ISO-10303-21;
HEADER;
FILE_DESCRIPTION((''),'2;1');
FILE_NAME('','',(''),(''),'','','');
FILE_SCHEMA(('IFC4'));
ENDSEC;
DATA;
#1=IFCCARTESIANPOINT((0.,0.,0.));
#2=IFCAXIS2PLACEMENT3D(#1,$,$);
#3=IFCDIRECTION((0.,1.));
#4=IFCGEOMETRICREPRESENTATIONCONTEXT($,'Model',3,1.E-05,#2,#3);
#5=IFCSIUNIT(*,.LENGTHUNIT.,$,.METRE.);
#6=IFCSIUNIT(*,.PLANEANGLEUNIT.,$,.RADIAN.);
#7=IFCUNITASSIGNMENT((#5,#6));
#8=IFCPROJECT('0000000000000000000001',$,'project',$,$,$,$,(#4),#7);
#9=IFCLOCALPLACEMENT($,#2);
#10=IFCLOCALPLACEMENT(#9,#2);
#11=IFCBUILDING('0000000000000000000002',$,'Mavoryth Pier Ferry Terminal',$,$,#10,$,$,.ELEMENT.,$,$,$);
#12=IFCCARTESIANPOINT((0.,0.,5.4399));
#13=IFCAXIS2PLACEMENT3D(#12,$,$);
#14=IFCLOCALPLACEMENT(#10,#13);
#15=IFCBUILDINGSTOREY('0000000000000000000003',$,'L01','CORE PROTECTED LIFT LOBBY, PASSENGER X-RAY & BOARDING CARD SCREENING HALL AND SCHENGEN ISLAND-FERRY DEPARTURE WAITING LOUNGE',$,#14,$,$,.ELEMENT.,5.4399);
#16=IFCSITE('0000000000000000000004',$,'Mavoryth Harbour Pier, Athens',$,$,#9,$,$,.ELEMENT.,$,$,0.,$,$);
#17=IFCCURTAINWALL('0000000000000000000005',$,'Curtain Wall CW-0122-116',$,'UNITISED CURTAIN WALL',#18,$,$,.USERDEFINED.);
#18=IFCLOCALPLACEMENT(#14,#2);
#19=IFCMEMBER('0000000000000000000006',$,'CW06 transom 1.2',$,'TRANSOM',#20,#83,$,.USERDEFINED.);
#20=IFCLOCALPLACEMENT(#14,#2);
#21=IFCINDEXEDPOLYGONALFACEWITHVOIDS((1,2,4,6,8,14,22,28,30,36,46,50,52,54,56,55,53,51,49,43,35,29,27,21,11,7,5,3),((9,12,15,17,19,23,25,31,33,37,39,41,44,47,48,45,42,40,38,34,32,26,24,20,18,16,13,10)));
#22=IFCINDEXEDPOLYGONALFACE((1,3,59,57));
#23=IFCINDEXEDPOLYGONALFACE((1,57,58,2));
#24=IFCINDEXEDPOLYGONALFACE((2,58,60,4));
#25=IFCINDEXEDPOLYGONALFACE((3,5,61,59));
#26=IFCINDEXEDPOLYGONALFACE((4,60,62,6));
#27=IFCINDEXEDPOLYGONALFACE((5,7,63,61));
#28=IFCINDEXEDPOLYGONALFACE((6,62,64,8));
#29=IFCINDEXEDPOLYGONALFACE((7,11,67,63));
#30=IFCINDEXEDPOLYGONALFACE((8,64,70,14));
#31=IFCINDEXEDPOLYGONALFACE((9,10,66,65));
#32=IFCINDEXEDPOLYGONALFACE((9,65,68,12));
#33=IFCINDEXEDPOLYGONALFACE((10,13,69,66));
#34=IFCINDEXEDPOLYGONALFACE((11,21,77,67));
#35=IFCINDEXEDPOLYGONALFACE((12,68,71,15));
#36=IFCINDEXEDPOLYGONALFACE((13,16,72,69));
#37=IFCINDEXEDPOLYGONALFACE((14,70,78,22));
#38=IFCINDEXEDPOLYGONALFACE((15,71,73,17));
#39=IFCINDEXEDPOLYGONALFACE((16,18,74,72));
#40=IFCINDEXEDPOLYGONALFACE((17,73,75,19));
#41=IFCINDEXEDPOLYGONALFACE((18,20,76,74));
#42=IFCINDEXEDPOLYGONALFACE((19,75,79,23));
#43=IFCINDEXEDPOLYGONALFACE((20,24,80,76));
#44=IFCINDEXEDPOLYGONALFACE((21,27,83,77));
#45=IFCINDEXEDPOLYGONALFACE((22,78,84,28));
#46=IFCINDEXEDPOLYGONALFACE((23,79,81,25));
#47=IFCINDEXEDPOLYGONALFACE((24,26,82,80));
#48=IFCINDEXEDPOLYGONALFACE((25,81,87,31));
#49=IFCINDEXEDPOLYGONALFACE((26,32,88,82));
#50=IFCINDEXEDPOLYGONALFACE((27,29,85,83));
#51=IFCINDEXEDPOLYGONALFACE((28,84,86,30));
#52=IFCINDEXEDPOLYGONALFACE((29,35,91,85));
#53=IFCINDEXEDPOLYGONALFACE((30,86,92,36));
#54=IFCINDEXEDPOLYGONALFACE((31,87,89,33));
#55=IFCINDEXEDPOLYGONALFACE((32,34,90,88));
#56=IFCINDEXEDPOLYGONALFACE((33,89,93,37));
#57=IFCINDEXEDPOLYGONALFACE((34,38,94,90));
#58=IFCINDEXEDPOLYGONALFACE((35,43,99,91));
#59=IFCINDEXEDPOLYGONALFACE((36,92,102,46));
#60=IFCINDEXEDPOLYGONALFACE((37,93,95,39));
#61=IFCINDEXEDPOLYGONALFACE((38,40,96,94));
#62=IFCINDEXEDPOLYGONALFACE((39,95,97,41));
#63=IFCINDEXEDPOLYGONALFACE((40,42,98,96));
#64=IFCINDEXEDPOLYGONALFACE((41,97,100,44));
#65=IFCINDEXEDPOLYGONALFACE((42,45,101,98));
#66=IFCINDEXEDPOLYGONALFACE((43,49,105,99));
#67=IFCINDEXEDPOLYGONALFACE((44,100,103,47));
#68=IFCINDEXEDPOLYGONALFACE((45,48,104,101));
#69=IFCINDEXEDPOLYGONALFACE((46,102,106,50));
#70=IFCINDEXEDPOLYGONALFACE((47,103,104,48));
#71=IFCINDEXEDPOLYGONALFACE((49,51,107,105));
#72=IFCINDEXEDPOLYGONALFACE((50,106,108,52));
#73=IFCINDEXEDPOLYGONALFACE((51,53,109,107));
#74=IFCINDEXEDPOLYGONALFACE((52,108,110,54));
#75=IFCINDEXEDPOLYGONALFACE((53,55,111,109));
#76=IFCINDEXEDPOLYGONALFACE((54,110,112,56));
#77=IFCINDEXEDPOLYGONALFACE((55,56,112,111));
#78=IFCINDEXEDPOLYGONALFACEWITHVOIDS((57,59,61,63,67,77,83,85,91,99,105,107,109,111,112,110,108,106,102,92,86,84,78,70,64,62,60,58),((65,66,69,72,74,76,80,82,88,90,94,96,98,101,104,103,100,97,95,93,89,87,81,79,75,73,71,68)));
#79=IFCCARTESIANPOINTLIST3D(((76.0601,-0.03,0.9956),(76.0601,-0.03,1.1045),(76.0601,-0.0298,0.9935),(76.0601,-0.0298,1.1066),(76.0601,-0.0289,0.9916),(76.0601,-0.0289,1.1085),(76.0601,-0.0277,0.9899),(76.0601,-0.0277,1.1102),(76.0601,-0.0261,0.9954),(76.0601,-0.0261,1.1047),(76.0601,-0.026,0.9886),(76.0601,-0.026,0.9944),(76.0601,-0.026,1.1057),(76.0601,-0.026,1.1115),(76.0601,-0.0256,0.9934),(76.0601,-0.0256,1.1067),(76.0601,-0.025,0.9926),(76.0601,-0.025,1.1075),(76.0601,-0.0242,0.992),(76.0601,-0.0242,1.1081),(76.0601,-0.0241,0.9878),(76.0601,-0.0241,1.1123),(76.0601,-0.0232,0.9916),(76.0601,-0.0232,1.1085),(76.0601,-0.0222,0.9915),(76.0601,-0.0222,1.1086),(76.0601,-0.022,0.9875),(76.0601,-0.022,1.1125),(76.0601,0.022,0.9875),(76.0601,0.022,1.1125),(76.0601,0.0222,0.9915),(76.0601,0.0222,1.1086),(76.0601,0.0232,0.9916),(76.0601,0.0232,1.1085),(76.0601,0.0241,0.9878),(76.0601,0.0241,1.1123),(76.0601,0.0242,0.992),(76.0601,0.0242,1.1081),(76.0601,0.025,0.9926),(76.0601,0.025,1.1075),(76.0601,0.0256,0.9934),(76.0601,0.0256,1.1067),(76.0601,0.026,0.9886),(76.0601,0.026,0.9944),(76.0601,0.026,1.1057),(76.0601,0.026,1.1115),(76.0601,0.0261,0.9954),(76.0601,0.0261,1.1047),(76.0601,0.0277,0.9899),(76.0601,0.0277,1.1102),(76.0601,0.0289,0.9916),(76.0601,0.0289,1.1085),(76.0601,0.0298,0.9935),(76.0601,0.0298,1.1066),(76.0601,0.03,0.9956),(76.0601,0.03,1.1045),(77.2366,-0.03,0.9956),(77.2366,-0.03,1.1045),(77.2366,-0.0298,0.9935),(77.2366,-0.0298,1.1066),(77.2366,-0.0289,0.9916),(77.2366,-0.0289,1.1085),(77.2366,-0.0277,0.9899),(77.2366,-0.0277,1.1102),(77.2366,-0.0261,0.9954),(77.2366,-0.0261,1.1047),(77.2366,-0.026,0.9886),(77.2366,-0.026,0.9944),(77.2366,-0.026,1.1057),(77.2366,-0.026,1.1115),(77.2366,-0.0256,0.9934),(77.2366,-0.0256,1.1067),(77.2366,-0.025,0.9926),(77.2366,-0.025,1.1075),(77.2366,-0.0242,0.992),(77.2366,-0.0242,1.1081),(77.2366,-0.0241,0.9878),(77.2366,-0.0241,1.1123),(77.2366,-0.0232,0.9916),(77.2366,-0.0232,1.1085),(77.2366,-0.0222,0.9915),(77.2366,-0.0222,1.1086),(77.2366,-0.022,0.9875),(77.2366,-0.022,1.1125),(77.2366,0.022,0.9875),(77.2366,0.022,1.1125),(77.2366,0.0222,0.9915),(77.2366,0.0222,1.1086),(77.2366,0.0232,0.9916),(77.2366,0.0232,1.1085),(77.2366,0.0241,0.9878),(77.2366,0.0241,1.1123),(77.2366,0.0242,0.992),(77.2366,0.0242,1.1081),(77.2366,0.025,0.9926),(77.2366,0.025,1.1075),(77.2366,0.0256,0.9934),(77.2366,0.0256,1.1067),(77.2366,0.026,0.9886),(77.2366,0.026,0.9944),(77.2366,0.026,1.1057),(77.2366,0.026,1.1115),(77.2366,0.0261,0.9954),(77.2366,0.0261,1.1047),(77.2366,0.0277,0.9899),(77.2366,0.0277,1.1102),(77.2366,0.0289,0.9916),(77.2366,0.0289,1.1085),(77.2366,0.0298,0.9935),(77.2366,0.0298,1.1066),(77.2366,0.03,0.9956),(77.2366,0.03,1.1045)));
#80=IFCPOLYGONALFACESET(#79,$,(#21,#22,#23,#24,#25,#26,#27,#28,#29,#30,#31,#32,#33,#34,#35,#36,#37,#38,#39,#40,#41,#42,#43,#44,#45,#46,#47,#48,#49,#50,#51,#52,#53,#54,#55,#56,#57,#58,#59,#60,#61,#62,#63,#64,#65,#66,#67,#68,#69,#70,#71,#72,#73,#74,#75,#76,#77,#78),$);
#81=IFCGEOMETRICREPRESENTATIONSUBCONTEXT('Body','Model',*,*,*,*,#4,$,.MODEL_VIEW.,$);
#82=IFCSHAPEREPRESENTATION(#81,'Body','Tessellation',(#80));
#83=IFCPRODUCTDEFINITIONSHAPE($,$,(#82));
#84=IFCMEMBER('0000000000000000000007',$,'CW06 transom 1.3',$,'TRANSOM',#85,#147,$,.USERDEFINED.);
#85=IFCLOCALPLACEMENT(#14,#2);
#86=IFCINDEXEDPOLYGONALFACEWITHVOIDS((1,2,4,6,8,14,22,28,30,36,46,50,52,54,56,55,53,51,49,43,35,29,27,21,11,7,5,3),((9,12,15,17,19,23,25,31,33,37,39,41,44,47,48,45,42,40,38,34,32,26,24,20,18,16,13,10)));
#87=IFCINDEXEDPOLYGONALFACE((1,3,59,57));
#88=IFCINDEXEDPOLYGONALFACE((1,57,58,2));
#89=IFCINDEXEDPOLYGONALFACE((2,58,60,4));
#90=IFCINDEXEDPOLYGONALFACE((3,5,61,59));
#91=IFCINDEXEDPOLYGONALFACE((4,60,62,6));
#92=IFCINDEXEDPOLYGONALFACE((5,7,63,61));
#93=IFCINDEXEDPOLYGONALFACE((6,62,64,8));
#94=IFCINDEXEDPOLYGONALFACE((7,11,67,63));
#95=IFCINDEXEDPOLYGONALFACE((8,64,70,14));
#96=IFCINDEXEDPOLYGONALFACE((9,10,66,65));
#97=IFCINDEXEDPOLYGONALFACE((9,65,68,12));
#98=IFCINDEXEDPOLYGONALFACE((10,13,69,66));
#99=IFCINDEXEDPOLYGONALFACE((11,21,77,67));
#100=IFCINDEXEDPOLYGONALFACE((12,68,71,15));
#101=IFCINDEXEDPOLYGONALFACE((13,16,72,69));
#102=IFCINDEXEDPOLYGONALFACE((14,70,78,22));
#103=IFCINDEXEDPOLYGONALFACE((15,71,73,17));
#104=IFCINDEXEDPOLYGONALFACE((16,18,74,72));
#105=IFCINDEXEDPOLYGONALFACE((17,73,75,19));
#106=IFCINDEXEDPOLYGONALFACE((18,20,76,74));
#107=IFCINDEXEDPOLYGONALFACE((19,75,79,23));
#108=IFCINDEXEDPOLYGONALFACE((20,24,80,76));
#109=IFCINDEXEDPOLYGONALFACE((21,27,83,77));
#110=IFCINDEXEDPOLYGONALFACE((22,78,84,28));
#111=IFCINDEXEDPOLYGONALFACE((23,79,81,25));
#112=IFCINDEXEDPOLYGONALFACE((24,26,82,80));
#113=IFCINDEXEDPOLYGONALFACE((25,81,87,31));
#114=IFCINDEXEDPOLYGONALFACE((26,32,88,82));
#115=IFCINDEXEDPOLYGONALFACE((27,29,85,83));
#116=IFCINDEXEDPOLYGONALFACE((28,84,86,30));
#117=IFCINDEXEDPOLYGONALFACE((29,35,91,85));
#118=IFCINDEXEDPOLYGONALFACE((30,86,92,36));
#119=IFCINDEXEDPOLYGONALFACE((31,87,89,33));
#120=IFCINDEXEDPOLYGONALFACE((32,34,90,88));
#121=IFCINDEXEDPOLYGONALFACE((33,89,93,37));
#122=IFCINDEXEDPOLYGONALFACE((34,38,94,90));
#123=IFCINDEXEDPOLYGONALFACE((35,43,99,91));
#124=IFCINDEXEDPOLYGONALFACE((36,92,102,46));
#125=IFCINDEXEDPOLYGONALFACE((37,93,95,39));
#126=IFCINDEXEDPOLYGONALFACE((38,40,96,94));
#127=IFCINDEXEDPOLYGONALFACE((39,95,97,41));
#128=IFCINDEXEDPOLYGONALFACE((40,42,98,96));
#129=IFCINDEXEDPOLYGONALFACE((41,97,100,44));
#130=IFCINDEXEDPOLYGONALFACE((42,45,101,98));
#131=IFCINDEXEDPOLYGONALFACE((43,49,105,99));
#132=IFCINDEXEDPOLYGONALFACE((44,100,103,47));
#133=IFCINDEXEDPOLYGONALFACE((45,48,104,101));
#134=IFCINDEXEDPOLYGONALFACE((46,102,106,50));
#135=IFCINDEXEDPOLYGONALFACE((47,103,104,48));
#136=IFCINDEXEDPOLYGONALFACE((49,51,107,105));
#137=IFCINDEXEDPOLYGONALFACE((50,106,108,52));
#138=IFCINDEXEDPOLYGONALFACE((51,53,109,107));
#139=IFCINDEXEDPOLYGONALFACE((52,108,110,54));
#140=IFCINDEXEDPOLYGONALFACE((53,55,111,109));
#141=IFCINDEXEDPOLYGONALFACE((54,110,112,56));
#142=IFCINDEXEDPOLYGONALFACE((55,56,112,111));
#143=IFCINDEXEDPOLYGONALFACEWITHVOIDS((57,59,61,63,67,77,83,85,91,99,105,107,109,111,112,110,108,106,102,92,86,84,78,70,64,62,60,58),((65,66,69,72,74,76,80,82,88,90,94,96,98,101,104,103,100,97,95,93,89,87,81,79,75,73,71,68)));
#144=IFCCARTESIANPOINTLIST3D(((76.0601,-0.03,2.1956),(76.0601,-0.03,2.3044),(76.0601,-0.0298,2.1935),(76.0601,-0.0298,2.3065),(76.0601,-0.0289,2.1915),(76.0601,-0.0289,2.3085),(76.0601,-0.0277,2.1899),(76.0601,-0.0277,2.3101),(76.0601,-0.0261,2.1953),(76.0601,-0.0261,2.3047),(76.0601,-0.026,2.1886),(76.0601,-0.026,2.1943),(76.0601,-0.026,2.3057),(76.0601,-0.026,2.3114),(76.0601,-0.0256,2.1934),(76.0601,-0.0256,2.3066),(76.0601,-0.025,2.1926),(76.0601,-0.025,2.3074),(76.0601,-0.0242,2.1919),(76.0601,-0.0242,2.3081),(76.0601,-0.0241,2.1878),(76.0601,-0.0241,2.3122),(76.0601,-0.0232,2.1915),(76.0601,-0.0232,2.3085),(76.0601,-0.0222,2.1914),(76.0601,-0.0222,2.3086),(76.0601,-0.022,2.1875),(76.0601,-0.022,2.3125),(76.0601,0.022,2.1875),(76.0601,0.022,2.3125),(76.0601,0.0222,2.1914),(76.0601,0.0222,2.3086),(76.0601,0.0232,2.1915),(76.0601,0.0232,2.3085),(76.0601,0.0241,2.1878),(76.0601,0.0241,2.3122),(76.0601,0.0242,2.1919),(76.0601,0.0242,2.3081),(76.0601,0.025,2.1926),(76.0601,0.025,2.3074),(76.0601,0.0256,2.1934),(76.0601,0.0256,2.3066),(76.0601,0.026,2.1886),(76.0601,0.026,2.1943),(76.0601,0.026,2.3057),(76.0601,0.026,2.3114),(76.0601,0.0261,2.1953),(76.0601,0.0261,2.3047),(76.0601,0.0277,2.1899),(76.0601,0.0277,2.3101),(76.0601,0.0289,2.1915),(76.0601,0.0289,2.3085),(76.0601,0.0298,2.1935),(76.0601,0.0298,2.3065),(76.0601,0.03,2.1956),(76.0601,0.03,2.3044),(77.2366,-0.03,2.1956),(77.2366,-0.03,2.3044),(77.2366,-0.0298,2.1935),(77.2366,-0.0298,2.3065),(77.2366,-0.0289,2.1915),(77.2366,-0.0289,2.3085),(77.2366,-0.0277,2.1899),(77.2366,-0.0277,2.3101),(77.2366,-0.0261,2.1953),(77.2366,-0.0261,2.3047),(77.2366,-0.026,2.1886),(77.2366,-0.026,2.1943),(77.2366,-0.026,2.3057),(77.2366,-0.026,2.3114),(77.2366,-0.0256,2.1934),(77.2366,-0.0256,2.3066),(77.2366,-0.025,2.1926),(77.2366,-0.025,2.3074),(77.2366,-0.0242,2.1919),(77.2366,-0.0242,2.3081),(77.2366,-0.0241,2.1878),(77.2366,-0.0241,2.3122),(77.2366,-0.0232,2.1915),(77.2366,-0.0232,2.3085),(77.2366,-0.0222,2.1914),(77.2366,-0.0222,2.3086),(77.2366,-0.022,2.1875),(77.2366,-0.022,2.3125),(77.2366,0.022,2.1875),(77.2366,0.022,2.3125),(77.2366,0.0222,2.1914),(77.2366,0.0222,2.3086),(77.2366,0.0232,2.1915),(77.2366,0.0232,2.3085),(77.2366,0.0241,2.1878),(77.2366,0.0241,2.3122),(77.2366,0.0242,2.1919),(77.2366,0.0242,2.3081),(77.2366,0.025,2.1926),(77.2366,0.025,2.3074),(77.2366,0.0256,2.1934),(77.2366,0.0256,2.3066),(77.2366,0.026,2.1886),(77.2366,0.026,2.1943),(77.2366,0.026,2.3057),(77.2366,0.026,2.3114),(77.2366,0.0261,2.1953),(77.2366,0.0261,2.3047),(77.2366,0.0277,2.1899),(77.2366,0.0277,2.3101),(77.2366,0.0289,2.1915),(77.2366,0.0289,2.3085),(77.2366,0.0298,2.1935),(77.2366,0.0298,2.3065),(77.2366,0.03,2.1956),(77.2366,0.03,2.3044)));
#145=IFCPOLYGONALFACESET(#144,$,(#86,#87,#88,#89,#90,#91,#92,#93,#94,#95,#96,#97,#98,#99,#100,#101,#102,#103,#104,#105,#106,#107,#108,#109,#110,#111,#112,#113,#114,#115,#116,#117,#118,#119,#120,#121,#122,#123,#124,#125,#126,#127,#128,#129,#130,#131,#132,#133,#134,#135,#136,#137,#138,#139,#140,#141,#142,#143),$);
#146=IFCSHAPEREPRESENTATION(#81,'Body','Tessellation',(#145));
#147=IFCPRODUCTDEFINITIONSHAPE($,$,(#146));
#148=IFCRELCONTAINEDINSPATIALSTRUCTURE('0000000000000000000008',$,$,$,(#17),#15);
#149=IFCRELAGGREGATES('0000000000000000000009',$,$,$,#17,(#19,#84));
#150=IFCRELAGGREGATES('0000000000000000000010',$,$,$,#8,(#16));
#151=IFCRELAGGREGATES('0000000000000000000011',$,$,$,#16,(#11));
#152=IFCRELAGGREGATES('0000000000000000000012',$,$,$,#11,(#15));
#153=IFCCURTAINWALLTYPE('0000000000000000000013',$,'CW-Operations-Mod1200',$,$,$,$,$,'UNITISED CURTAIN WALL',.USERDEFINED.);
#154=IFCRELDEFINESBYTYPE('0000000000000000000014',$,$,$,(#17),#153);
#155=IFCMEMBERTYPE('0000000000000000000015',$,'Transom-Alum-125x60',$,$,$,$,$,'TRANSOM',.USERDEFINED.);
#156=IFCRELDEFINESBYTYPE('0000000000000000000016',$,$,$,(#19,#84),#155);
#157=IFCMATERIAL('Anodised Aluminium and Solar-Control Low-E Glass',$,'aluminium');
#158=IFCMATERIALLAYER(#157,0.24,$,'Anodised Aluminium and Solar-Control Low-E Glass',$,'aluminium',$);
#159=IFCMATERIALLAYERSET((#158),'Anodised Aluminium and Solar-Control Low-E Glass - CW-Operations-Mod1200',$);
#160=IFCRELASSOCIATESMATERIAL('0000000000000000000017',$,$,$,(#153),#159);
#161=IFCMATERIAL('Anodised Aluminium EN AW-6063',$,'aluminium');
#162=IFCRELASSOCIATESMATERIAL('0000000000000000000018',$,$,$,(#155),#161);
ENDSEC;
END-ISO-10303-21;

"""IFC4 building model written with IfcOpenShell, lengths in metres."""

from ifc_helpers import new_model, si_unit, direction, frame, origin, origin_2d, place, context, subcontext, project, spatial, hollow_rectangle, extrude, material, layer, layer_set, material_profile, profile_set, type_object, element, aggregate, save


model = new_model("IFC4")

# Units and contexts
model_context = context("Model", 3, precision=1e-05, world=origin(), true_north=direction((0.0, 1.0)))
body_context = subcontext(model_context, "Body", "Model", "MODEL_VIEW")
ifc_project = project(units=[si_unit("LENGTHUNIT", "METRE"), si_unit("PLANEANGLEUNIT", "RADIAN")], contexts=[model_context])

# Site, building, storey
site_placement = place(None, origin())
site = spatial("IfcSite", under=ifc_project, at=site_placement, Name="Mavoryth Harbour Pier, Athens", CompositionType="ELEMENT", RefElevation=0.0)
building_placement = place(site_placement, origin())
building = spatial("IfcBuilding", under=site, at=building_placement, Name="Mavoryth Pier Ferry Terminal", CompositionType="ELEMENT")
storey_placement = place(building_placement, frame((0.0, 0.0, 5.4399)))
storey = spatial("IfcBuildingStorey", under=building, at=storey_placement, Name="L01", Description="CORE PROTECTED LIFT LOBBY, PASSENGER X-RAY & BOARDING CARD SCREENING HALL AND SCHENGEN ISLAND-FERRY DEPARTURE WAITING LOUNGE", CompositionType="ELEMENT", Elevation=5.4399)

# Curtain wall
ifc_material_1 = material(Name="Anodised Aluminium and Solar-Control Low-E Glass", Category="aluminium")
ifc_layer_1 = layer(ifc_material_1, 0.24, Name="Anodised Aluminium and Solar-Control Low-E Glass", Category="aluminium")
ifc_layer_set_1 = layer_set([ifc_layer_1], Name="Anodised Aluminium and Solar-Control Low-E Glass - CW-Operations-Mod1200")
curtain_wall_type = type_object("IfcCurtainWallType", Name="CW-Operations-Mod1200", ElementType="UNITISED CURTAIN WALL", PredefinedType="USERDEFINED", material=ifc_layer_set_1)
ifc_material_2 = material(Name="Anodised Aluminium EN AW-6063", Category="aluminium")
curtain_wall_1_placement = place(storey_placement, origin())
curtain_wall_1 = element("IfcCurtainWall", 1, at=curtain_wall_1_placement, inside=storey, type_object=curtain_wall_type, Name="Curtain Wall CW-0122-116", ObjectType="UNITISED CURTAIN WALL", PredefinedType="USERDEFINED")

# Members
ifc_material_profile_1 = material_profile(ifc_material_2, hollow_rectangle(XDim=0.0601, YDim=0.125, WallThickness=0.0039, InnerFilletRadius=0.0039, OuterFilletRadius=0.0081, at=origin_2d()), Name="AL-TRAN 125x60x4", Category="aluminium")
ifc_profile_set_1 = profile_set([ifc_material_profile_1], Name="Anodised Aluminium EN AW-6063 - AL-TRAN 125x60x4")
member_type_1 = type_object("IfcMemberType", Name="Transom-Alum-125x60", ElementType="TRANSOM", PredefinedType="USERDEFINED", material=ifc_profile_set_1)
member_1_placement = place(storey_placement, frame((76.0601, 0.0, 1.05), z_axis=(1.0, 0.0, 0.0), x_axis=(0.0, 1.0, 0.0)))
member_1 = element("IfcMember", 2, at=member_1_placement, type_object=member_type_1, Name="CW06 transom 1.2", ObjectType="TRANSOM", PredefinedType="USERDEFINED", context=body_context, shape_type="SweptSolid", body=[
    extrude(hollow_rectangle(XDim=0.0601, YDim=0.125, WallThickness=0.0039, InnerFilletRadius=0.0039, OuterFilletRadius=0.0081, at=origin_2d()), origin(), (0.0, 0.0, 1.0), 1.1765),
])
member_2_placement = place(storey_placement, frame((76.0601, 0.0, 2.25), z_axis=(1.0, 0.0, 0.0), x_axis=(0.0, 1.0, 0.0)))
member_2 = element("IfcMember", 3, at=member_2_placement, type_object=member_type_1, Name="CW06 transom 1.3", ObjectType="TRANSOM", PredefinedType="USERDEFINED", context=body_context, shape_type="SweptSolid", body=[
    extrude(hollow_rectangle(XDim=0.0601, YDim=0.125, WallThickness=0.0039, InnerFilletRadius=0.0039, OuterFilletRadius=0.0081, at=origin_2d()), origin(), (0.0, 0.0, 1.0), 1.1765),
])

aggregate(curtain_wall_1, [member_1, member_2])

save(model, "model.ifc")
